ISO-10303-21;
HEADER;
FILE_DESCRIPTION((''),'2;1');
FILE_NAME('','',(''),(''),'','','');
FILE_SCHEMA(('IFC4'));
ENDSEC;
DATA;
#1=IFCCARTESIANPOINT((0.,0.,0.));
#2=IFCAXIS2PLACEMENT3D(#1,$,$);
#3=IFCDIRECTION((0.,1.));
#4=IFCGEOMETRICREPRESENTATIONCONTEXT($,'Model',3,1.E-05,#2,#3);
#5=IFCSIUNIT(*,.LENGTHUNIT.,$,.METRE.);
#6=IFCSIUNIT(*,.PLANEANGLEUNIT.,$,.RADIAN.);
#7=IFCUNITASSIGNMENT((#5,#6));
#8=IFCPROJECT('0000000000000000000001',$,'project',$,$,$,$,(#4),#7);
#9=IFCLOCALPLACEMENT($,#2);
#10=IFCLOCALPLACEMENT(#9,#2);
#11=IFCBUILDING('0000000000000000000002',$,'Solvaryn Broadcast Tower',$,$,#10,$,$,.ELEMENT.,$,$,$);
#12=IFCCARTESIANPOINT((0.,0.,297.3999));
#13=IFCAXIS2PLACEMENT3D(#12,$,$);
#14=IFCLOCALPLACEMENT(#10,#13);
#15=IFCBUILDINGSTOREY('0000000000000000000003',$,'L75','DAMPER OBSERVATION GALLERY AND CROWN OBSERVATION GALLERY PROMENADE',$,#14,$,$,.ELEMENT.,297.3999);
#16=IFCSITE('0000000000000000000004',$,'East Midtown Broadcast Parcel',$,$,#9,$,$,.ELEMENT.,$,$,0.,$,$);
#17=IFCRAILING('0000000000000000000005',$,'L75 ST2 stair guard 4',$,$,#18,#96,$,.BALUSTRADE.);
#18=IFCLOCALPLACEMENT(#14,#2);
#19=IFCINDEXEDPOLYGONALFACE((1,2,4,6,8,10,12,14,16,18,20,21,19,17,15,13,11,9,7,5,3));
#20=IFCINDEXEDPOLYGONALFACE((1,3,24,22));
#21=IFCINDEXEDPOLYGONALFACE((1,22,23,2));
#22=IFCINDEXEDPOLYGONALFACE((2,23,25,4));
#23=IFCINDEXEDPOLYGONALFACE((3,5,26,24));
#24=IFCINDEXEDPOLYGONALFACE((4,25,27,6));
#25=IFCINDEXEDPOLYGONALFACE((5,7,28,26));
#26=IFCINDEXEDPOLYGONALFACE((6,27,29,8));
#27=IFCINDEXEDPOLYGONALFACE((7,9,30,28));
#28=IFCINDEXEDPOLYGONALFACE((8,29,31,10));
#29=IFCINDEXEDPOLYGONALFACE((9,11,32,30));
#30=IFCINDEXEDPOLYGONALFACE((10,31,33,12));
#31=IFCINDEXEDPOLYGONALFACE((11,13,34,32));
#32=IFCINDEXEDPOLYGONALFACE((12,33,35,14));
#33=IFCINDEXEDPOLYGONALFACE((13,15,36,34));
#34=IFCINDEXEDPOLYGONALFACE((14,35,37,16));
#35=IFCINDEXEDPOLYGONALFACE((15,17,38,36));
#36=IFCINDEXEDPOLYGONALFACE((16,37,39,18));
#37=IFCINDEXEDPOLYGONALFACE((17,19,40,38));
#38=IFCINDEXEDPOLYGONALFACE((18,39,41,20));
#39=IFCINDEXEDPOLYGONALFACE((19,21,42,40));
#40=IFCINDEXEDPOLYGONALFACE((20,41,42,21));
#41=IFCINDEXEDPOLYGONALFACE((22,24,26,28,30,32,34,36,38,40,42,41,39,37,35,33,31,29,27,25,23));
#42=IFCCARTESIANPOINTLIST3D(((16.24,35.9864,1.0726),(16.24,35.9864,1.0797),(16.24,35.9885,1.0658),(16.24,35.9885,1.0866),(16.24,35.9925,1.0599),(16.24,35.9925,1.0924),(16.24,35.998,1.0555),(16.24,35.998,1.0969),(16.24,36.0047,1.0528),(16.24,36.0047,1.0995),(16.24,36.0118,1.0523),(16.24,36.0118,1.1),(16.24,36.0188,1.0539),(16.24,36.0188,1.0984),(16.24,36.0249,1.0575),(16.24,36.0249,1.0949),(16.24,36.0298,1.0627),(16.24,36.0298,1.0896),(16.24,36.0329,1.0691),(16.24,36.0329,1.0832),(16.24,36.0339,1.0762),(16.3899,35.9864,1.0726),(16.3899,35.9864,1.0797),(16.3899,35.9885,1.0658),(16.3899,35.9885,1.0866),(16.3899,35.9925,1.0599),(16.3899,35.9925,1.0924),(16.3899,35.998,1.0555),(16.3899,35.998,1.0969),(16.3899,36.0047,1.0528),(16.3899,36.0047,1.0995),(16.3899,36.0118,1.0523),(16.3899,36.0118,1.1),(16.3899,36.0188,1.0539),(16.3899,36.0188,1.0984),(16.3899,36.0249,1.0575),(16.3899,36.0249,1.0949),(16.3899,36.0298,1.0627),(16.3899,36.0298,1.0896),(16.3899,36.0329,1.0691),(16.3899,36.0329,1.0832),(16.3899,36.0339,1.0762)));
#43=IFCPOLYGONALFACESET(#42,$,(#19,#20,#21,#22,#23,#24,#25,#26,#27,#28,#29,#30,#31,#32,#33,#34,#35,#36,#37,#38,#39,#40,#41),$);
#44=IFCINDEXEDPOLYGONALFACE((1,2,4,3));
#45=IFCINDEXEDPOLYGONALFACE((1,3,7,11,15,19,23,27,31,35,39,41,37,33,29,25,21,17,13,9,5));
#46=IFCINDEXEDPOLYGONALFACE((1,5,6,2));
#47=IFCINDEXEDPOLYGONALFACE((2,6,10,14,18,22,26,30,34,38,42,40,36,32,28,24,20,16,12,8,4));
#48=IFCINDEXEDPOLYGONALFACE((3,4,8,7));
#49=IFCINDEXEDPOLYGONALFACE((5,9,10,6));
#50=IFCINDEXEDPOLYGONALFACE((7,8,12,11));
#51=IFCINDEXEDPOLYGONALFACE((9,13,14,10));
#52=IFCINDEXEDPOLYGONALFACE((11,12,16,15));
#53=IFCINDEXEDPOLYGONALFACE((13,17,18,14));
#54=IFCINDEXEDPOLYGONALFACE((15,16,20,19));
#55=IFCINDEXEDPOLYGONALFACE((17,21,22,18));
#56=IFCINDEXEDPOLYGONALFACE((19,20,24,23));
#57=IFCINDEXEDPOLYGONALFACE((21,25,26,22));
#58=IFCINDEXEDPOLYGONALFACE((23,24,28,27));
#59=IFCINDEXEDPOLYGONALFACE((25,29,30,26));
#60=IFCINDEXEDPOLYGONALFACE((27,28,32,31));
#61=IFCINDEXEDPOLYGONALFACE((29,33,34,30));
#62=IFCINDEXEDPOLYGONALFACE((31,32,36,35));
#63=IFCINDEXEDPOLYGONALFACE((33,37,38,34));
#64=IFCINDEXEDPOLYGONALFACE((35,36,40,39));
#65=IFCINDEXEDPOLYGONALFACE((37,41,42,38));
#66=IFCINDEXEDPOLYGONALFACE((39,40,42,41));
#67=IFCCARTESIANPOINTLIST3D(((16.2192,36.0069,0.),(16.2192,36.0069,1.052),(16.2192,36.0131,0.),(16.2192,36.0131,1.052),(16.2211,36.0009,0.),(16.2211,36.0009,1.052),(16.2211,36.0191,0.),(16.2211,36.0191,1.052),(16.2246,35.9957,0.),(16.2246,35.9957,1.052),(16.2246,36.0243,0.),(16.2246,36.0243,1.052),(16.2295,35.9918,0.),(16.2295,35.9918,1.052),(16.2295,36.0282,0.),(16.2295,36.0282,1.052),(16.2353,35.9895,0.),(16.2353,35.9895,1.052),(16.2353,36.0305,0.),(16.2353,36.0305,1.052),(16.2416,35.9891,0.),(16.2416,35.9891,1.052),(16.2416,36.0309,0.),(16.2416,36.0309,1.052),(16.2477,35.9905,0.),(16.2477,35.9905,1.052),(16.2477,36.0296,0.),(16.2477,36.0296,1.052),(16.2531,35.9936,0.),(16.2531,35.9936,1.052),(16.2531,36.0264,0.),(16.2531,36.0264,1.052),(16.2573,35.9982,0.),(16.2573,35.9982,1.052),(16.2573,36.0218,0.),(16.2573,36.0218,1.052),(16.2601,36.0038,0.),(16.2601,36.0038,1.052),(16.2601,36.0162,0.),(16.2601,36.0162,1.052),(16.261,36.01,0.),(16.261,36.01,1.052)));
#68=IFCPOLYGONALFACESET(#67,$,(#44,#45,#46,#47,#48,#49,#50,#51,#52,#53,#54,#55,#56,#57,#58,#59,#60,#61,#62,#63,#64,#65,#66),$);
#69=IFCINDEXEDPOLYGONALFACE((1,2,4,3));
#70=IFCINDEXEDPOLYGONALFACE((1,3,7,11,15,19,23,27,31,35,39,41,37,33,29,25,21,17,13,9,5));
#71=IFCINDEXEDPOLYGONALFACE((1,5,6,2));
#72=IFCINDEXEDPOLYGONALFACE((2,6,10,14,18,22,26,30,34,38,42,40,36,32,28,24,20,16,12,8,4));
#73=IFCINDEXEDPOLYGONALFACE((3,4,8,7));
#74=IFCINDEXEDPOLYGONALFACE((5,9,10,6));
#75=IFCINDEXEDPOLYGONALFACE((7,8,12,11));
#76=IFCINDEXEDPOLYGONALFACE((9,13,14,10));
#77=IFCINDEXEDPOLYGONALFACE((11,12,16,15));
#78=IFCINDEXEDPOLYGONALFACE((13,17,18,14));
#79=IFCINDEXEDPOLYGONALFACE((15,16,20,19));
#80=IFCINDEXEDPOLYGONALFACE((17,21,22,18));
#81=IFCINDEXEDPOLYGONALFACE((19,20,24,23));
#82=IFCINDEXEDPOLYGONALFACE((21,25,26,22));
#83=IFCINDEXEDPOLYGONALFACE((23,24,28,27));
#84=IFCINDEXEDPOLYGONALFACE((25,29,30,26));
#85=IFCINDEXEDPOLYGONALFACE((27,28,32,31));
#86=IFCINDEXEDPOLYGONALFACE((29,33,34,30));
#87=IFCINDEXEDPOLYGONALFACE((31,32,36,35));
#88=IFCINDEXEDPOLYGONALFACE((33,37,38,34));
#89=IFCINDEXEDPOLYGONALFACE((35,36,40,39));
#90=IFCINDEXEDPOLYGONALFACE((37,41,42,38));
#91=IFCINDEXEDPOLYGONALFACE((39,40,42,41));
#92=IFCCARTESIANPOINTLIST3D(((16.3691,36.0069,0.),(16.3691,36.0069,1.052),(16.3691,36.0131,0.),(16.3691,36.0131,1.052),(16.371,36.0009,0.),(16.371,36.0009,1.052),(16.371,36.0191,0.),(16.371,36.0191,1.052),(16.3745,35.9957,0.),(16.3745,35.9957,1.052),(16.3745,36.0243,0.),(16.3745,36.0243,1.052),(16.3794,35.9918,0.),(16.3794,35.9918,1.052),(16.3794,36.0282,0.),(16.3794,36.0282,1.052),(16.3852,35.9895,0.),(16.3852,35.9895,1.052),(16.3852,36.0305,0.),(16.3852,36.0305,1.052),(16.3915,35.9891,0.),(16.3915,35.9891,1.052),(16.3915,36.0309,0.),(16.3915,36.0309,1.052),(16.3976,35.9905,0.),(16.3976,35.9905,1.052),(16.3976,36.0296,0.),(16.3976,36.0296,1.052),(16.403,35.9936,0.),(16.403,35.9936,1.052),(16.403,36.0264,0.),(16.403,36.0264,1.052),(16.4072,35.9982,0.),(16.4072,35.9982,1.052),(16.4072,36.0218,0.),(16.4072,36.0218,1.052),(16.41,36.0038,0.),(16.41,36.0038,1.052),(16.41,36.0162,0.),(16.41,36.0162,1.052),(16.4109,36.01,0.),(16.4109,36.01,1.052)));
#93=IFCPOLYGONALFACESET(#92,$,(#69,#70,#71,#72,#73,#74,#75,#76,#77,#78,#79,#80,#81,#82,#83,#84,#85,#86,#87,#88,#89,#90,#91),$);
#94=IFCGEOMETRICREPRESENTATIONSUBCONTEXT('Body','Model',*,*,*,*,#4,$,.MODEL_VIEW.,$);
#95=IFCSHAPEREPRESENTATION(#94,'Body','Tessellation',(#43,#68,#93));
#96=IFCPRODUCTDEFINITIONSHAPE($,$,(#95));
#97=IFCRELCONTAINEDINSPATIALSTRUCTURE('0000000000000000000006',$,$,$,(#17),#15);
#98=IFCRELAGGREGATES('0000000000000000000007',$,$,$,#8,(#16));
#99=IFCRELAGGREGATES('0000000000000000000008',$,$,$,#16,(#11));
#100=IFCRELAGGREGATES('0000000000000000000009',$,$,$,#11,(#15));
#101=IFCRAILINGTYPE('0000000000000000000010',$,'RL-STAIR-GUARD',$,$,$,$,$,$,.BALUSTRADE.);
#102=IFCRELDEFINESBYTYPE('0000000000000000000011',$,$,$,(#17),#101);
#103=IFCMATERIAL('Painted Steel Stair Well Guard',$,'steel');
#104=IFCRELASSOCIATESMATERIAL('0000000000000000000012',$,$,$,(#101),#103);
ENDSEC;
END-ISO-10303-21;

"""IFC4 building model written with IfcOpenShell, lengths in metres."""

from ifc_helpers import new_model, si_unit, direction, frame, origin, origin_2d, place, context, subcontext, project, spatial, circle, extrude, material, type_object, element, save


model = new_model("IFC4")

# Units and contexts
model_context = context("Model", 3, precision=1e-05, world=origin(), true_north=direction((0.0, 1.0)))
body_context = subcontext(model_context, "Body", "Model", "MODEL_VIEW")
ifc_project = project(units=[si_unit("LENGTHUNIT", "METRE"), si_unit("PLANEANGLEUNIT", "RADIAN")], contexts=[model_context])

# Site, building, storey
site_placement = place(None, origin())
site = spatial("IfcSite", under=ifc_project, at=site_placement, Name="East Midtown Broadcast Parcel", CompositionType="ELEMENT", RefElevation=0.0)
building_placement = place(site_placement, origin())
building = spatial("IfcBuilding", under=site, at=building_placement, Name="Solvaryn Broadcast Tower", CompositionType="ELEMENT")
storey_placement = place(building_placement, frame((0.0, 0.0, 297.3999)))
storey = spatial("IfcBuildingStorey", under=building, at=storey_placement, Name="L75", Description="DAMPER OBSERVATION GALLERY AND CROWN OBSERVATION GALLERY PROMENADE", CompositionType="ELEMENT", Elevation=297.3999)

# Railing
ifc_material_1 = material(Name="Painted Steel Stair Well Guard", Category="steel")
railing_type_1 = type_object("IfcRailingType", Name="RL-STAIR-GUARD", PredefinedType="BALUSTRADE", material=ifc_material_1)
railing_1_placement = place(storey_placement, frame((16.24, 36.01, 0.0)))
element("IfcRailing", 1, at=railing_1_placement, inside=storey, type_object=railing_type_1, Name="L75 ST2 stair guard 4", PredefinedType="BALUSTRADE", context=body_context, shape_type="SweptSolid", body=[
    extrude(circle(Radius=0.0239, at=origin_2d()), frame((0.0, 0.0, 1.0762), z_axis=(1.0, 0.0, 0.0), x_axis=(0.0, 1.0, 0.0)), (0.0, 0.0, 1.0), 0.1499),
    extrude(circle(Radius=0.021, at=origin_2d()), origin(), (0.0, 0.0, 1.0), 1.052),
    extrude(circle(Radius=0.021, at=origin_2d()), frame((0.1499, 0.0, 0.0)), (0.0, 0.0, 1.0), 1.052),
])

save(model, "model.ifc")
